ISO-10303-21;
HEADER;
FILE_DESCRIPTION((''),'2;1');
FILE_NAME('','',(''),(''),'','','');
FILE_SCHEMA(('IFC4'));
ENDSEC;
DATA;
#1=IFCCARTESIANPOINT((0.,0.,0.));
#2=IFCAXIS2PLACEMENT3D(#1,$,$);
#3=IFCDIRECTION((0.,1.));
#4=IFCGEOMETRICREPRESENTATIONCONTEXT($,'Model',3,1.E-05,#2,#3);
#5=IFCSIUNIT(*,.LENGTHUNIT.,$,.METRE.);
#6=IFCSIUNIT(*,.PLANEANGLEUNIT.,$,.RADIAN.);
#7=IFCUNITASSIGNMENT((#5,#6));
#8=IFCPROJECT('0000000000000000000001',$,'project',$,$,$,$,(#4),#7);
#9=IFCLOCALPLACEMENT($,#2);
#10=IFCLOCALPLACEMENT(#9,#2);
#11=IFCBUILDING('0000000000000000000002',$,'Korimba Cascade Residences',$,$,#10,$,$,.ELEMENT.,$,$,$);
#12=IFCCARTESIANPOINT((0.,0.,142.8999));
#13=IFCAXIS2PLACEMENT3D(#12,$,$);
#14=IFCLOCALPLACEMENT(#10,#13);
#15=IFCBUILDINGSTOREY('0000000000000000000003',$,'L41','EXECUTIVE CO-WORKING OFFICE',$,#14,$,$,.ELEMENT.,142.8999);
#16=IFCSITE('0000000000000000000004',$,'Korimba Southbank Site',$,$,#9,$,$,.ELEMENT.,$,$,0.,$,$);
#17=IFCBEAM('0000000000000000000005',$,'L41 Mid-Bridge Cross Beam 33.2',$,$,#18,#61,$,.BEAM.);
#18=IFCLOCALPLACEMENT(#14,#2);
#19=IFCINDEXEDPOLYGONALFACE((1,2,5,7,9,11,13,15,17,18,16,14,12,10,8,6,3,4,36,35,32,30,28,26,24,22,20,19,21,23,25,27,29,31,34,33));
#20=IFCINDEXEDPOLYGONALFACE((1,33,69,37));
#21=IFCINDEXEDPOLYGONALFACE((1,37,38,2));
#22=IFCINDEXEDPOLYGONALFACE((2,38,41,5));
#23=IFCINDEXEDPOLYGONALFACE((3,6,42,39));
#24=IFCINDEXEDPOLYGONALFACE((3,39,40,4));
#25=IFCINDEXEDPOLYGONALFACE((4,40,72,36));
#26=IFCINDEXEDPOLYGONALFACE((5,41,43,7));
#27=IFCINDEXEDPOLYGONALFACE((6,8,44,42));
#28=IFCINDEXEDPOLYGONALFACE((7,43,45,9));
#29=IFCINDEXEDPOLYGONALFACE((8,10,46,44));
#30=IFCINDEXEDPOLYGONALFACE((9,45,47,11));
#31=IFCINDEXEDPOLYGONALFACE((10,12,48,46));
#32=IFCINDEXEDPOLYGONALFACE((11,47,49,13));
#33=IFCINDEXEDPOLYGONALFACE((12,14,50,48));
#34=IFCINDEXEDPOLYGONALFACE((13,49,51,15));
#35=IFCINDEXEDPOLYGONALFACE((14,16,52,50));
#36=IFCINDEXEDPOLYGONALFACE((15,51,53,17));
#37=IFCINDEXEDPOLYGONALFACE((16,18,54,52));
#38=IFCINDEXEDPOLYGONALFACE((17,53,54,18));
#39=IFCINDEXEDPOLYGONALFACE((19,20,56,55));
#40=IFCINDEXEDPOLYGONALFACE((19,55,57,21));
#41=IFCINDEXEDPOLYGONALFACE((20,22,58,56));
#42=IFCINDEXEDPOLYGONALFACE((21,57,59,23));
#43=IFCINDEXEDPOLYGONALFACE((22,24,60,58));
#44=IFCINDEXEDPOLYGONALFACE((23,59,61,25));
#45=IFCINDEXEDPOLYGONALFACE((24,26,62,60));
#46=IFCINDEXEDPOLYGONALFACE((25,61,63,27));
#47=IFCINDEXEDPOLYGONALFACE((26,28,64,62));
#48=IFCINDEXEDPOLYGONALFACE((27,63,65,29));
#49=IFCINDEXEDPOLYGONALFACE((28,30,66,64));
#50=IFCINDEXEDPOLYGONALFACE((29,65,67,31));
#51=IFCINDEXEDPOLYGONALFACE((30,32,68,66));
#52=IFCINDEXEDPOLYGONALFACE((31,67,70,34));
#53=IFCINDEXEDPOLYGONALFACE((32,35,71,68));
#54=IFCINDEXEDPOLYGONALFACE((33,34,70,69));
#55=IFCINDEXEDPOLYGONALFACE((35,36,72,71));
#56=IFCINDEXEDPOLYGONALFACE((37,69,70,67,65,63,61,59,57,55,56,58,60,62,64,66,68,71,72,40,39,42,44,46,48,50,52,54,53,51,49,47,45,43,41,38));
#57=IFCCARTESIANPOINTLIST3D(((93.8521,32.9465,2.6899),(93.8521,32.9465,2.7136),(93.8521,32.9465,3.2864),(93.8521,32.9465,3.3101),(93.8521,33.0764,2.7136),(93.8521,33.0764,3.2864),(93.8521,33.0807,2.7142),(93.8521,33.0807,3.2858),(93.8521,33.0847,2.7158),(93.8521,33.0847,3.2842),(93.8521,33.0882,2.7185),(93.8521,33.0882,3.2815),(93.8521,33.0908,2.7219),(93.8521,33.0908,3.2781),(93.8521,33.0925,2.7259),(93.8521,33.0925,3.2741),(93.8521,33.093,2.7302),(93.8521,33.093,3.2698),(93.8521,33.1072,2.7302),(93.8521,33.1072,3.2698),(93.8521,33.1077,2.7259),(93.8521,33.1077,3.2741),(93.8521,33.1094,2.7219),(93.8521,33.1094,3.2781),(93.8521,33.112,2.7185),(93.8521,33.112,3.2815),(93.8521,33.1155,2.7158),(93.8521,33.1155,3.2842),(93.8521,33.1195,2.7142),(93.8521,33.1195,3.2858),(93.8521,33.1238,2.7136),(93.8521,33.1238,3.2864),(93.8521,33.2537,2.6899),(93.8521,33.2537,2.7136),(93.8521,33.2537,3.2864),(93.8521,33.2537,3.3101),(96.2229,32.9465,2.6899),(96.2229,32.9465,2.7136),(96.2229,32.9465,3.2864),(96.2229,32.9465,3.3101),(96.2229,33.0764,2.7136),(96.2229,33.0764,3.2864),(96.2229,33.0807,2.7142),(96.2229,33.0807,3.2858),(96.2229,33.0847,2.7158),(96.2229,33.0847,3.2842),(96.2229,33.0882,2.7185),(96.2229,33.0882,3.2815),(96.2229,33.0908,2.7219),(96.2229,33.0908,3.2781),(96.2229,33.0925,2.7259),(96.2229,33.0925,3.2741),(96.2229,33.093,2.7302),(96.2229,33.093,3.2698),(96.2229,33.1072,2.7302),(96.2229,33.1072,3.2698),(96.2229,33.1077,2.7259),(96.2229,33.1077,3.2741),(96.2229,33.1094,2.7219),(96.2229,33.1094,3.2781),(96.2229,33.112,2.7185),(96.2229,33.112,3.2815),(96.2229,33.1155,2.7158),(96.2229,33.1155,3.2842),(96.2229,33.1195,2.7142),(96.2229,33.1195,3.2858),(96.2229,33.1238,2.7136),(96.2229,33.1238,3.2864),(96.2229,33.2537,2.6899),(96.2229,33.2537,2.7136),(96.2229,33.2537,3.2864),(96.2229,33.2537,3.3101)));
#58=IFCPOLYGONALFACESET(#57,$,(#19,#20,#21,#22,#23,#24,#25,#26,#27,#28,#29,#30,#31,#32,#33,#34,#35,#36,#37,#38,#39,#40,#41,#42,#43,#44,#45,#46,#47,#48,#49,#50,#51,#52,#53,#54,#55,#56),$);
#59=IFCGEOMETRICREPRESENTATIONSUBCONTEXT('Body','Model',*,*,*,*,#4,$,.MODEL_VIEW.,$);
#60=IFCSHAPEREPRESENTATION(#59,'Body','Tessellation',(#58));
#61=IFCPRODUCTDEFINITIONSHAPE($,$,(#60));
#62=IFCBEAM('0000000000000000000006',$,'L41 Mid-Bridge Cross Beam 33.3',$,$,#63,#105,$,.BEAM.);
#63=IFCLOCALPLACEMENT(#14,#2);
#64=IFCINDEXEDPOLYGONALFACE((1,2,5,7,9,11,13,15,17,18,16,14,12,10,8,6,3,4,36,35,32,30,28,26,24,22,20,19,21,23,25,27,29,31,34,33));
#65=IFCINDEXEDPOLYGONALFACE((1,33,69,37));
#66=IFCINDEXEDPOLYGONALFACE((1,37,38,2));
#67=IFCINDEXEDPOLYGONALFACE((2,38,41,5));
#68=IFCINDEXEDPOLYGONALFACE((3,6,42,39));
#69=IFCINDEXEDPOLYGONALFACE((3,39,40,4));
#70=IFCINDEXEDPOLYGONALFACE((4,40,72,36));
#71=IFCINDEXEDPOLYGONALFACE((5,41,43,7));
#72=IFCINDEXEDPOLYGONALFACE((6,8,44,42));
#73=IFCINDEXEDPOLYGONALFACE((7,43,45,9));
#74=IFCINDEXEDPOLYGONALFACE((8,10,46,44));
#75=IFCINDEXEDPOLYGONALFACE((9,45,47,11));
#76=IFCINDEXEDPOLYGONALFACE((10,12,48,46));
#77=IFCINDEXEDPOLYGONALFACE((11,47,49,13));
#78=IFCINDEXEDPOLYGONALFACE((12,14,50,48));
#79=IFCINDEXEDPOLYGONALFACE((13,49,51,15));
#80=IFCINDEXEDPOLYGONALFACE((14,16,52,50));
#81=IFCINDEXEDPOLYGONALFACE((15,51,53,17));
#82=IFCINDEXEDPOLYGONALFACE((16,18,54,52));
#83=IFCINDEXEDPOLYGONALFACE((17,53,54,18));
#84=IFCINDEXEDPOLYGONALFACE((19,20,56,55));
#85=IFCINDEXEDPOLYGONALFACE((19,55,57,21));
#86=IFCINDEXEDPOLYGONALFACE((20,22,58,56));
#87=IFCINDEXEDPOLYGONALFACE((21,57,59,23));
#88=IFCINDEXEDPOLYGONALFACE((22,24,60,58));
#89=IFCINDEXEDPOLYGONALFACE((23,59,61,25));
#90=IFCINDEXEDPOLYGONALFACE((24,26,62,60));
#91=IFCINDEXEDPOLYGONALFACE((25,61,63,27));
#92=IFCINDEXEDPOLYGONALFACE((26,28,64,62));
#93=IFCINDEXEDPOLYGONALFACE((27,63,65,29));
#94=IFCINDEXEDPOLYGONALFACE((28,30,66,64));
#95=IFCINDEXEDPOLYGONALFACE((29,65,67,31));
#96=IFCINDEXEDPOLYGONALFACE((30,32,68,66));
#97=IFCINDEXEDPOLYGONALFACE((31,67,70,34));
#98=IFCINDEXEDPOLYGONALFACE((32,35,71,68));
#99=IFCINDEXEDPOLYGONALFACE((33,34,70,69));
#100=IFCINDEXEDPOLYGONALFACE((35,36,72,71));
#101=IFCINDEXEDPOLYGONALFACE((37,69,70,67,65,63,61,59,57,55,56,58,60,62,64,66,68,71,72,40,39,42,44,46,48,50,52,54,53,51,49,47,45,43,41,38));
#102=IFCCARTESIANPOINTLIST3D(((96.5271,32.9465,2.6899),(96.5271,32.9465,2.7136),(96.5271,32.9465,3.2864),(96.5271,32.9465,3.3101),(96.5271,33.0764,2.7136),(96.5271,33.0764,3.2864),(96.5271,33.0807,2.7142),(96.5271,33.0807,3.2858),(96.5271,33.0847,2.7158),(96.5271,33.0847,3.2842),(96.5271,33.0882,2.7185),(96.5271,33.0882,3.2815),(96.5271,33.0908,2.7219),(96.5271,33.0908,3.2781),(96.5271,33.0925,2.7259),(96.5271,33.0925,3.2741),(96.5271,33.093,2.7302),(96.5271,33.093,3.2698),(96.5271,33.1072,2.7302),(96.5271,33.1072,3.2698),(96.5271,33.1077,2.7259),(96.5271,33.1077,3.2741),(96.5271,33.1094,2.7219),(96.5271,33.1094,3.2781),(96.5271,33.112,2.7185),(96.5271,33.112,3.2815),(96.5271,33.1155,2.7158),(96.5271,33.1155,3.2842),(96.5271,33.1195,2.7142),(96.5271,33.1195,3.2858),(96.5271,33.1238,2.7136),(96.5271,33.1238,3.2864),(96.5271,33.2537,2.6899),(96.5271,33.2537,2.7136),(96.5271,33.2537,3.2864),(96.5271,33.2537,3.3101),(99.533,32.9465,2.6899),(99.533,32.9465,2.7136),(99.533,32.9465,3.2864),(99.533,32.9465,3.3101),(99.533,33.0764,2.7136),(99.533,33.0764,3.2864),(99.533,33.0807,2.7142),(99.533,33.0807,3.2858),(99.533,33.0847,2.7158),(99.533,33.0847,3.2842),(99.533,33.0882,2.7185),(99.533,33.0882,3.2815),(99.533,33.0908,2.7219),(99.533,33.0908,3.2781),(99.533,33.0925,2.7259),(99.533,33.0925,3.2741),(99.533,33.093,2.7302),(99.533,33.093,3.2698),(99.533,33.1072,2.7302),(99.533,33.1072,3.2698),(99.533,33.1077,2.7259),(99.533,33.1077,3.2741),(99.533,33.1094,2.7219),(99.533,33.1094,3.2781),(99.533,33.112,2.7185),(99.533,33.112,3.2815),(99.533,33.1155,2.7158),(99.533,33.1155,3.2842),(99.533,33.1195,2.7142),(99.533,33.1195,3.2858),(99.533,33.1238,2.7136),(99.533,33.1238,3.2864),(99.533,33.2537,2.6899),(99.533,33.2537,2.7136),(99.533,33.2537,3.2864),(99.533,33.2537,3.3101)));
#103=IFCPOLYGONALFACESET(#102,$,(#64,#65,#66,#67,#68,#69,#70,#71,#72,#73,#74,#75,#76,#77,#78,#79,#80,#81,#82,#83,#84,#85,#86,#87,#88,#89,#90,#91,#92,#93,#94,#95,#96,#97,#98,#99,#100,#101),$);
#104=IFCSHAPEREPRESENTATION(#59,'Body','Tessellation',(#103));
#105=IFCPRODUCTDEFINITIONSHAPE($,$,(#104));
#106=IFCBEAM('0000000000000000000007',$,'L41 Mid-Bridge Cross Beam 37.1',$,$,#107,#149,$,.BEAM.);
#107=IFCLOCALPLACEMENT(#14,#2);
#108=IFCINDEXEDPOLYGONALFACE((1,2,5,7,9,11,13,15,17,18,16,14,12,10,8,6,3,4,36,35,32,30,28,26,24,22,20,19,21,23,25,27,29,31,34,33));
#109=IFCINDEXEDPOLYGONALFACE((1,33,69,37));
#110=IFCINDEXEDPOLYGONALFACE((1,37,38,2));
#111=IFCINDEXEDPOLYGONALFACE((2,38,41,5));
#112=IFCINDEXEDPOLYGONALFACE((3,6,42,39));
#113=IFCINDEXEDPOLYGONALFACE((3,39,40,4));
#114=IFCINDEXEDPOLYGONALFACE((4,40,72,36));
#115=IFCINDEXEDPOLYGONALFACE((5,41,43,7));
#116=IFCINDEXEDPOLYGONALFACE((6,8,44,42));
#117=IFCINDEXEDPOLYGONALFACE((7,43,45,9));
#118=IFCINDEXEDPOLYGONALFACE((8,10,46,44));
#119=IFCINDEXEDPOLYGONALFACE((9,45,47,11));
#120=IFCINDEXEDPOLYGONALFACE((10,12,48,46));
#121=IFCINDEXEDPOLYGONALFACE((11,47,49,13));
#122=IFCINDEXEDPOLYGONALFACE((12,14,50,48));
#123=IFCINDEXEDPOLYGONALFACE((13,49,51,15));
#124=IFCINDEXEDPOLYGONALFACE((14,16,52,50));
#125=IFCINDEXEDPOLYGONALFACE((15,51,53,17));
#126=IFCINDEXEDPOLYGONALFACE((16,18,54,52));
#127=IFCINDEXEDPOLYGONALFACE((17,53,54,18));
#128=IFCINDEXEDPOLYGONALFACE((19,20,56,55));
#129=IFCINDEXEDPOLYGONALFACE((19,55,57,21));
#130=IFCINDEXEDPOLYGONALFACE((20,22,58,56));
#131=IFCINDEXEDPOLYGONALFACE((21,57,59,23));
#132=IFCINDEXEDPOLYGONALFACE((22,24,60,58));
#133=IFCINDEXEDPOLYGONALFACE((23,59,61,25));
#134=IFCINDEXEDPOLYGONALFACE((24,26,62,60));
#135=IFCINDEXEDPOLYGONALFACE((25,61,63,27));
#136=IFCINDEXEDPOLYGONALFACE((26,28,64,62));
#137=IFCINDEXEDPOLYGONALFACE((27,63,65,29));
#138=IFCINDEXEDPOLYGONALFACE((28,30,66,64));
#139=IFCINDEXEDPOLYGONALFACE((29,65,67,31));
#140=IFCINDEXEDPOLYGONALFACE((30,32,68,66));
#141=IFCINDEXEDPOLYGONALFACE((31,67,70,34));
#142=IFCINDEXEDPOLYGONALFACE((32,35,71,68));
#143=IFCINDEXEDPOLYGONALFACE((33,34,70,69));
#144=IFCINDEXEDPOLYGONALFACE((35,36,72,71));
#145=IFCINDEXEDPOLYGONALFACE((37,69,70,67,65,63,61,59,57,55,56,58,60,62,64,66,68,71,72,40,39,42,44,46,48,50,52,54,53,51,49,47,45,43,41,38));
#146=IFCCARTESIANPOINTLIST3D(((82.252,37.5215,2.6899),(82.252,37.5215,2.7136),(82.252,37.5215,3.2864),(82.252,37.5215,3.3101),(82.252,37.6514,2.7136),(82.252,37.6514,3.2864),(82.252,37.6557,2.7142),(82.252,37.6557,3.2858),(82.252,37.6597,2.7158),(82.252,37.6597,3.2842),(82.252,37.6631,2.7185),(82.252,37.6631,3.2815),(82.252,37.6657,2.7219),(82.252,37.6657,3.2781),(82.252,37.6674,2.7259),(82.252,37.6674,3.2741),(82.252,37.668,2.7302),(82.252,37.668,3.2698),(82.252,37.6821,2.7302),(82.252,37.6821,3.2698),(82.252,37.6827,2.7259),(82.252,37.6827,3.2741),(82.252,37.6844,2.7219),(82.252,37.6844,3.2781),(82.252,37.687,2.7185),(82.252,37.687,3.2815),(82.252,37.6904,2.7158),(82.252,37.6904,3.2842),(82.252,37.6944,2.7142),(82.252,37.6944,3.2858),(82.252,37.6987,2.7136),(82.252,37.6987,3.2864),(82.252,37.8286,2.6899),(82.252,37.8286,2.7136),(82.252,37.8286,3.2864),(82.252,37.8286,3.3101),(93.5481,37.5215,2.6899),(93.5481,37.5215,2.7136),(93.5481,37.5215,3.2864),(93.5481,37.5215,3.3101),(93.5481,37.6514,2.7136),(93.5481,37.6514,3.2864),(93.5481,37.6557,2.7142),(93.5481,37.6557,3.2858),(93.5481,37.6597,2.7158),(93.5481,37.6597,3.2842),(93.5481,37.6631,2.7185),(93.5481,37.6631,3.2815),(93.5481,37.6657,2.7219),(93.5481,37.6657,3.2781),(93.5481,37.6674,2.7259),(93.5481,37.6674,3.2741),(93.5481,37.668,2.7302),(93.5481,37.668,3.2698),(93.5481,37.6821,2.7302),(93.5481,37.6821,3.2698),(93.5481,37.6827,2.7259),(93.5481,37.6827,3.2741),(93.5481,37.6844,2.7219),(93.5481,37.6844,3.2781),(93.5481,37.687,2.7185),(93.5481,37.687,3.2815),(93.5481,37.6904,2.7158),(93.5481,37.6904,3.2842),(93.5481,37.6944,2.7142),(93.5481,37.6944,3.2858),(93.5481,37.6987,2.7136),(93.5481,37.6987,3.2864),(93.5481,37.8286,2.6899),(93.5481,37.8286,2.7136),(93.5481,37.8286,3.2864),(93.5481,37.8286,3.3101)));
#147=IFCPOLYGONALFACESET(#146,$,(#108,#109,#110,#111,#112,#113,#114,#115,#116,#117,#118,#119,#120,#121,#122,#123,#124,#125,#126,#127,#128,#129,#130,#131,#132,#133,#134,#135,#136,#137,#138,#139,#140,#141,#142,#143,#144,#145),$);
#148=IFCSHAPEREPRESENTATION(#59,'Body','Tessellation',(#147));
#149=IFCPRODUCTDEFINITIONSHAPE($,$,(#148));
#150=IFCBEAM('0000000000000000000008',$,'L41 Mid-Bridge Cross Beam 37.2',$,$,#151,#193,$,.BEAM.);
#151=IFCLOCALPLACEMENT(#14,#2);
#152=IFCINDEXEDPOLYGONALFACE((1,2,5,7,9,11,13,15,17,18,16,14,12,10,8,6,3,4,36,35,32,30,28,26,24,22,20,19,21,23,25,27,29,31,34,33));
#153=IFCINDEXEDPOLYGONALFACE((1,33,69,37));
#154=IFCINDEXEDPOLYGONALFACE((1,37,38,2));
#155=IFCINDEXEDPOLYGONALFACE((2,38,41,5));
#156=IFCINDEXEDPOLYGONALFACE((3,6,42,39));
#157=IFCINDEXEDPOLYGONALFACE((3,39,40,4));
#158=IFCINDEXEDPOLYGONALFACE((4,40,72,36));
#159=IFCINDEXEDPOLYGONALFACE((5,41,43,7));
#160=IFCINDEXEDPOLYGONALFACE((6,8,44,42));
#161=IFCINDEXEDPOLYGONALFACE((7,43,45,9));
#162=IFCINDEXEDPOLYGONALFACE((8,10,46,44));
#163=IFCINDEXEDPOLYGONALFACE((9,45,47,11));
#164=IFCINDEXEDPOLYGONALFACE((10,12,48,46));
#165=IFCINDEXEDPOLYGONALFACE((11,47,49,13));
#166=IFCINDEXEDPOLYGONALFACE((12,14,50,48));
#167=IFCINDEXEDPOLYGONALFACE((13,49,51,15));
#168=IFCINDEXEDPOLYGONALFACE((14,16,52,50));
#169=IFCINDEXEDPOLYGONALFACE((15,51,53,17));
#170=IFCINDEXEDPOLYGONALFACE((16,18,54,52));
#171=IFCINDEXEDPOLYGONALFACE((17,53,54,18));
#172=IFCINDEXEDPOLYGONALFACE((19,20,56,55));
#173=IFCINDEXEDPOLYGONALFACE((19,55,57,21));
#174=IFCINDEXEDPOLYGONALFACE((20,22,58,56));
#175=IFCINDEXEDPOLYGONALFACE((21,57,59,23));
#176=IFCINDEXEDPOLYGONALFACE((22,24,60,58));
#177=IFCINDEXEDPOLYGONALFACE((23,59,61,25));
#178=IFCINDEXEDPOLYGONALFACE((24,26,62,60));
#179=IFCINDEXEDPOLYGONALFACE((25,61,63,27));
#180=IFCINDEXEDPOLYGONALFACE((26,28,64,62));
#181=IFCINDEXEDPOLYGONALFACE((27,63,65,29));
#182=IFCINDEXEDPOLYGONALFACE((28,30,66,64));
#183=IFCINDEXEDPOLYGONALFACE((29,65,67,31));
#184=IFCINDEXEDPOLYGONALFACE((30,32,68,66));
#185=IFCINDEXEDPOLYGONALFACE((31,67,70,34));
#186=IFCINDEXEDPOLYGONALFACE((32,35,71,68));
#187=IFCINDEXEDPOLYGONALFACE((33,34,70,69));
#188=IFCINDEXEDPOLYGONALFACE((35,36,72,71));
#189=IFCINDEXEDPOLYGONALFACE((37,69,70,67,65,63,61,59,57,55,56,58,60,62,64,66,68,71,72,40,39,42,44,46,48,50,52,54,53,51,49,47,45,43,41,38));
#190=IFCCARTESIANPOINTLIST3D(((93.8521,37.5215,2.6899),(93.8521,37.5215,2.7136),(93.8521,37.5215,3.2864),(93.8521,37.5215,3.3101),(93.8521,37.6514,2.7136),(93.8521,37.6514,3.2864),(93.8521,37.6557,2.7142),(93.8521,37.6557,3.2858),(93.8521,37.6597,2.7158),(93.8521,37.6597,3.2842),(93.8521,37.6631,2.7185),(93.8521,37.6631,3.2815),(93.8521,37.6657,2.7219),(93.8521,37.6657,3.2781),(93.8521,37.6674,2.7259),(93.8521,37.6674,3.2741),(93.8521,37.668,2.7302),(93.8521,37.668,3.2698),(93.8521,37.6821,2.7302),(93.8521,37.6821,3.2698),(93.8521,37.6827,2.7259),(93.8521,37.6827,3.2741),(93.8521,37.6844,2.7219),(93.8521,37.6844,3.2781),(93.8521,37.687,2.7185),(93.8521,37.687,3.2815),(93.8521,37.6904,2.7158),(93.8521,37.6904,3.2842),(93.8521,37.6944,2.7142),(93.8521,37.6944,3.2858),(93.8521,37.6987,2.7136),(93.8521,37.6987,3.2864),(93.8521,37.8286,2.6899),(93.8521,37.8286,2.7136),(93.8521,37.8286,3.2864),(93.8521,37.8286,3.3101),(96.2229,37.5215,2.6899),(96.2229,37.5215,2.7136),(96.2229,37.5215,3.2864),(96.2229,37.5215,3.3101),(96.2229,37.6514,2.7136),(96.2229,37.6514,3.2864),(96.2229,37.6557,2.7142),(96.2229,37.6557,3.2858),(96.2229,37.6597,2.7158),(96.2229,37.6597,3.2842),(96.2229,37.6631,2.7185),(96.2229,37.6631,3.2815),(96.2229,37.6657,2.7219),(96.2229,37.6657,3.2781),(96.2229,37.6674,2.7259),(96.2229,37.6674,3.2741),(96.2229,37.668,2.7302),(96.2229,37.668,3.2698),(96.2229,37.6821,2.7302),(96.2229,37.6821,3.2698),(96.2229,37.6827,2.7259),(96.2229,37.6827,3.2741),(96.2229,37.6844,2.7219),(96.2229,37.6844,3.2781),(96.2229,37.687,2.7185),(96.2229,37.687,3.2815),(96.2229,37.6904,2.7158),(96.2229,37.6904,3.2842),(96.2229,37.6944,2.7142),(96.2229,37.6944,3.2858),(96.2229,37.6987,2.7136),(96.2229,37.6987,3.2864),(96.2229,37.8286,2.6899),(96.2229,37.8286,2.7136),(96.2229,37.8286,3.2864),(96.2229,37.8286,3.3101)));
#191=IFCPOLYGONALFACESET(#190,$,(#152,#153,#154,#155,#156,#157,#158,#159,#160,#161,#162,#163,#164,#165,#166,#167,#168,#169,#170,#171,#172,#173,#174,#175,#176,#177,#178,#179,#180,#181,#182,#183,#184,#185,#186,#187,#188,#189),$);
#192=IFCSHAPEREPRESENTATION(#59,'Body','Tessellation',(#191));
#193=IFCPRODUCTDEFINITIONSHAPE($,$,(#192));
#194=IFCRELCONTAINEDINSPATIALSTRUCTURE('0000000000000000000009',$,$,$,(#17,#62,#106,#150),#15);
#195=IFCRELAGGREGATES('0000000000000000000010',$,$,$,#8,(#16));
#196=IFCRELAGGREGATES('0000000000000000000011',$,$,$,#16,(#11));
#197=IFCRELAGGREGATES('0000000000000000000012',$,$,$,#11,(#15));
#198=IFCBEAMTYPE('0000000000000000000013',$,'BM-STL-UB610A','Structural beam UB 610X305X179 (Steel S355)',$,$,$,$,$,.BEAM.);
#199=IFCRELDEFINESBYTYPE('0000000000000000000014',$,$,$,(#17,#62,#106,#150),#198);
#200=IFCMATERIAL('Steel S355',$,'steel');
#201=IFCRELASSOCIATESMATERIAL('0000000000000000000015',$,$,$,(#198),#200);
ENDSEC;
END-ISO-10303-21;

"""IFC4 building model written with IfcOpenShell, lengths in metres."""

from ifc_helpers import new_model, si_unit, direction, frame, origin, origin_2d, place, context, subcontext, project, spatial, i_section, extrude, material, material_profile, profile_set, type_object, element, save


model = new_model("IFC4")

# Units and contexts
model_context = context("Model", 3, precision=1e-05, world=origin(), true_north=direction((0.0, 1.0)))
body_context = subcontext(model_context, "Body", "Model", "MODEL_VIEW")
ifc_project = project(units=[si_unit("LENGTHUNIT", "METRE"), si_unit("PLANEANGLEUNIT", "RADIAN")], contexts=[model_context])

# Site, building, storey
site_placement = place(None, origin())
site = spatial("IfcSite", under=ifc_project, at=site_placement, Name="Korimba Southbank Site", CompositionType="ELEMENT", RefElevation=0.0)
building_placement = place(site_placement, origin())
building = spatial("IfcBuilding", under=site, at=building_placement, Name="Korimba Cascade Residences", CompositionType="ELEMENT")
storey_placement = place(building_placement, frame((0.0, 0.0, 142.8999)))
storey = spatial("IfcBuildingStorey", under=building, at=storey_placement, Name="L41", Description="EXECUTIVE CO-WORKING OFFICE", CompositionType="ELEMENT", Elevation=142.8999)

# Beams
ifc_material_1 = material(Name="Steel S355", Category="steel")
ifc_material_profile_1 = material_profile(ifc_material_1, i_section(OverallWidth=0.3071, OverallDepth=0.6201, WebThickness=0.0142, FlangeThickness=0.0237, FilletRadius=0.0166, at=origin_2d()), Name="Steel S355")
ifc_profile_set_1 = profile_set([ifc_material_profile_1], Name="Steel S355")
beam_type = type_object("IfcBeamType", Name="BM-STL-UB610A", Description="Structural beam UB 610X305X179 (Steel S355)", PredefinedType="BEAM", material=ifc_profile_set_1)
beam_1_placement = place(storey_placement, frame((93.8521, 33.1001, 3.0), z_axis=(1.0, 0.0, 0.0), x_axis=(0.0, 1.0, 0.0)))
element("IfcBeam", 1, at=beam_1_placement, inside=storey, type_object=beam_type, Name="L41 Mid-Bridge Cross Beam 33.2", PredefinedType="BEAM", context=body_context, shape_type="SweptSolid", body=[
    extrude(i_section(OverallWidth=0.3071, OverallDepth=0.6201, WebThickness=0.0142, FlangeThickness=0.0237, FilletRadius=0.0166, at=origin_2d()), origin(), (0.0, 0.0, 1.0), 2.3708),
])
beam_2_placement = place(storey_placement, frame((96.5271, 33.1001, 3.0), z_axis=(1.0, 0.0, 0.0), x_axis=(0.0, 1.0, 0.0)))
element("IfcBeam", 2, at=beam_2_placement, inside=storey, type_object=beam_type, Name="L41 Mid-Bridge Cross Beam 33.3", PredefinedType="BEAM", context=body_context, shape_type="SweptSolid", body=[
    extrude(i_section(OverallWidth=0.3071, OverallDepth=0.6201, WebThickness=0.0142, FlangeThickness=0.0237, FilletRadius=0.0166, at=origin_2d()), origin(), (0.0, 0.0, 1.0), 3.0059),
])
beam_3_placement = place(storey_placement, frame((82.252, 37.675, 3.0), z_axis=(1.0, 0.0, 0.0), x_axis=(0.0, 1.0, 0.0)))
element("IfcBeam", 3, at=beam_3_placement, inside=storey, type_object=beam_type, Name="L41 Mid-Bridge Cross Beam 37.1", PredefinedType="BEAM", context=body_context, shape_type="SweptSolid", body=[
    extrude(i_section(OverallWidth=0.3071, OverallDepth=0.6201, WebThickness=0.0142, FlangeThickness=0.0237, FilletRadius=0.0166, at=origin_2d()), origin(), (0.0, 0.0, 1.0), 11.2961),
])
beam_4_placement = place(storey_placement, frame((93.8521, 37.675, 3.0), z_axis=(1.0, 0.0, 0.0), x_axis=(0.0, 1.0, 0.0)))
element("IfcBeam", 4, at=beam_4_placement, inside=storey, type_object=beam_type, Name="L41 Mid-Bridge Cross Beam 37.2", PredefinedType="BEAM", context=body_context, shape_type="SweptSolid", body=[
    extrude(i_section(OverallWidth=0.3071, OverallDepth=0.6201, WebThickness=0.0142, FlangeThickness=0.0237, FilletRadius=0.0166, at=origin_2d()), origin(), (0.0, 0.0, 1.0), 2.3708),
])

save(model, "model.ifc")
